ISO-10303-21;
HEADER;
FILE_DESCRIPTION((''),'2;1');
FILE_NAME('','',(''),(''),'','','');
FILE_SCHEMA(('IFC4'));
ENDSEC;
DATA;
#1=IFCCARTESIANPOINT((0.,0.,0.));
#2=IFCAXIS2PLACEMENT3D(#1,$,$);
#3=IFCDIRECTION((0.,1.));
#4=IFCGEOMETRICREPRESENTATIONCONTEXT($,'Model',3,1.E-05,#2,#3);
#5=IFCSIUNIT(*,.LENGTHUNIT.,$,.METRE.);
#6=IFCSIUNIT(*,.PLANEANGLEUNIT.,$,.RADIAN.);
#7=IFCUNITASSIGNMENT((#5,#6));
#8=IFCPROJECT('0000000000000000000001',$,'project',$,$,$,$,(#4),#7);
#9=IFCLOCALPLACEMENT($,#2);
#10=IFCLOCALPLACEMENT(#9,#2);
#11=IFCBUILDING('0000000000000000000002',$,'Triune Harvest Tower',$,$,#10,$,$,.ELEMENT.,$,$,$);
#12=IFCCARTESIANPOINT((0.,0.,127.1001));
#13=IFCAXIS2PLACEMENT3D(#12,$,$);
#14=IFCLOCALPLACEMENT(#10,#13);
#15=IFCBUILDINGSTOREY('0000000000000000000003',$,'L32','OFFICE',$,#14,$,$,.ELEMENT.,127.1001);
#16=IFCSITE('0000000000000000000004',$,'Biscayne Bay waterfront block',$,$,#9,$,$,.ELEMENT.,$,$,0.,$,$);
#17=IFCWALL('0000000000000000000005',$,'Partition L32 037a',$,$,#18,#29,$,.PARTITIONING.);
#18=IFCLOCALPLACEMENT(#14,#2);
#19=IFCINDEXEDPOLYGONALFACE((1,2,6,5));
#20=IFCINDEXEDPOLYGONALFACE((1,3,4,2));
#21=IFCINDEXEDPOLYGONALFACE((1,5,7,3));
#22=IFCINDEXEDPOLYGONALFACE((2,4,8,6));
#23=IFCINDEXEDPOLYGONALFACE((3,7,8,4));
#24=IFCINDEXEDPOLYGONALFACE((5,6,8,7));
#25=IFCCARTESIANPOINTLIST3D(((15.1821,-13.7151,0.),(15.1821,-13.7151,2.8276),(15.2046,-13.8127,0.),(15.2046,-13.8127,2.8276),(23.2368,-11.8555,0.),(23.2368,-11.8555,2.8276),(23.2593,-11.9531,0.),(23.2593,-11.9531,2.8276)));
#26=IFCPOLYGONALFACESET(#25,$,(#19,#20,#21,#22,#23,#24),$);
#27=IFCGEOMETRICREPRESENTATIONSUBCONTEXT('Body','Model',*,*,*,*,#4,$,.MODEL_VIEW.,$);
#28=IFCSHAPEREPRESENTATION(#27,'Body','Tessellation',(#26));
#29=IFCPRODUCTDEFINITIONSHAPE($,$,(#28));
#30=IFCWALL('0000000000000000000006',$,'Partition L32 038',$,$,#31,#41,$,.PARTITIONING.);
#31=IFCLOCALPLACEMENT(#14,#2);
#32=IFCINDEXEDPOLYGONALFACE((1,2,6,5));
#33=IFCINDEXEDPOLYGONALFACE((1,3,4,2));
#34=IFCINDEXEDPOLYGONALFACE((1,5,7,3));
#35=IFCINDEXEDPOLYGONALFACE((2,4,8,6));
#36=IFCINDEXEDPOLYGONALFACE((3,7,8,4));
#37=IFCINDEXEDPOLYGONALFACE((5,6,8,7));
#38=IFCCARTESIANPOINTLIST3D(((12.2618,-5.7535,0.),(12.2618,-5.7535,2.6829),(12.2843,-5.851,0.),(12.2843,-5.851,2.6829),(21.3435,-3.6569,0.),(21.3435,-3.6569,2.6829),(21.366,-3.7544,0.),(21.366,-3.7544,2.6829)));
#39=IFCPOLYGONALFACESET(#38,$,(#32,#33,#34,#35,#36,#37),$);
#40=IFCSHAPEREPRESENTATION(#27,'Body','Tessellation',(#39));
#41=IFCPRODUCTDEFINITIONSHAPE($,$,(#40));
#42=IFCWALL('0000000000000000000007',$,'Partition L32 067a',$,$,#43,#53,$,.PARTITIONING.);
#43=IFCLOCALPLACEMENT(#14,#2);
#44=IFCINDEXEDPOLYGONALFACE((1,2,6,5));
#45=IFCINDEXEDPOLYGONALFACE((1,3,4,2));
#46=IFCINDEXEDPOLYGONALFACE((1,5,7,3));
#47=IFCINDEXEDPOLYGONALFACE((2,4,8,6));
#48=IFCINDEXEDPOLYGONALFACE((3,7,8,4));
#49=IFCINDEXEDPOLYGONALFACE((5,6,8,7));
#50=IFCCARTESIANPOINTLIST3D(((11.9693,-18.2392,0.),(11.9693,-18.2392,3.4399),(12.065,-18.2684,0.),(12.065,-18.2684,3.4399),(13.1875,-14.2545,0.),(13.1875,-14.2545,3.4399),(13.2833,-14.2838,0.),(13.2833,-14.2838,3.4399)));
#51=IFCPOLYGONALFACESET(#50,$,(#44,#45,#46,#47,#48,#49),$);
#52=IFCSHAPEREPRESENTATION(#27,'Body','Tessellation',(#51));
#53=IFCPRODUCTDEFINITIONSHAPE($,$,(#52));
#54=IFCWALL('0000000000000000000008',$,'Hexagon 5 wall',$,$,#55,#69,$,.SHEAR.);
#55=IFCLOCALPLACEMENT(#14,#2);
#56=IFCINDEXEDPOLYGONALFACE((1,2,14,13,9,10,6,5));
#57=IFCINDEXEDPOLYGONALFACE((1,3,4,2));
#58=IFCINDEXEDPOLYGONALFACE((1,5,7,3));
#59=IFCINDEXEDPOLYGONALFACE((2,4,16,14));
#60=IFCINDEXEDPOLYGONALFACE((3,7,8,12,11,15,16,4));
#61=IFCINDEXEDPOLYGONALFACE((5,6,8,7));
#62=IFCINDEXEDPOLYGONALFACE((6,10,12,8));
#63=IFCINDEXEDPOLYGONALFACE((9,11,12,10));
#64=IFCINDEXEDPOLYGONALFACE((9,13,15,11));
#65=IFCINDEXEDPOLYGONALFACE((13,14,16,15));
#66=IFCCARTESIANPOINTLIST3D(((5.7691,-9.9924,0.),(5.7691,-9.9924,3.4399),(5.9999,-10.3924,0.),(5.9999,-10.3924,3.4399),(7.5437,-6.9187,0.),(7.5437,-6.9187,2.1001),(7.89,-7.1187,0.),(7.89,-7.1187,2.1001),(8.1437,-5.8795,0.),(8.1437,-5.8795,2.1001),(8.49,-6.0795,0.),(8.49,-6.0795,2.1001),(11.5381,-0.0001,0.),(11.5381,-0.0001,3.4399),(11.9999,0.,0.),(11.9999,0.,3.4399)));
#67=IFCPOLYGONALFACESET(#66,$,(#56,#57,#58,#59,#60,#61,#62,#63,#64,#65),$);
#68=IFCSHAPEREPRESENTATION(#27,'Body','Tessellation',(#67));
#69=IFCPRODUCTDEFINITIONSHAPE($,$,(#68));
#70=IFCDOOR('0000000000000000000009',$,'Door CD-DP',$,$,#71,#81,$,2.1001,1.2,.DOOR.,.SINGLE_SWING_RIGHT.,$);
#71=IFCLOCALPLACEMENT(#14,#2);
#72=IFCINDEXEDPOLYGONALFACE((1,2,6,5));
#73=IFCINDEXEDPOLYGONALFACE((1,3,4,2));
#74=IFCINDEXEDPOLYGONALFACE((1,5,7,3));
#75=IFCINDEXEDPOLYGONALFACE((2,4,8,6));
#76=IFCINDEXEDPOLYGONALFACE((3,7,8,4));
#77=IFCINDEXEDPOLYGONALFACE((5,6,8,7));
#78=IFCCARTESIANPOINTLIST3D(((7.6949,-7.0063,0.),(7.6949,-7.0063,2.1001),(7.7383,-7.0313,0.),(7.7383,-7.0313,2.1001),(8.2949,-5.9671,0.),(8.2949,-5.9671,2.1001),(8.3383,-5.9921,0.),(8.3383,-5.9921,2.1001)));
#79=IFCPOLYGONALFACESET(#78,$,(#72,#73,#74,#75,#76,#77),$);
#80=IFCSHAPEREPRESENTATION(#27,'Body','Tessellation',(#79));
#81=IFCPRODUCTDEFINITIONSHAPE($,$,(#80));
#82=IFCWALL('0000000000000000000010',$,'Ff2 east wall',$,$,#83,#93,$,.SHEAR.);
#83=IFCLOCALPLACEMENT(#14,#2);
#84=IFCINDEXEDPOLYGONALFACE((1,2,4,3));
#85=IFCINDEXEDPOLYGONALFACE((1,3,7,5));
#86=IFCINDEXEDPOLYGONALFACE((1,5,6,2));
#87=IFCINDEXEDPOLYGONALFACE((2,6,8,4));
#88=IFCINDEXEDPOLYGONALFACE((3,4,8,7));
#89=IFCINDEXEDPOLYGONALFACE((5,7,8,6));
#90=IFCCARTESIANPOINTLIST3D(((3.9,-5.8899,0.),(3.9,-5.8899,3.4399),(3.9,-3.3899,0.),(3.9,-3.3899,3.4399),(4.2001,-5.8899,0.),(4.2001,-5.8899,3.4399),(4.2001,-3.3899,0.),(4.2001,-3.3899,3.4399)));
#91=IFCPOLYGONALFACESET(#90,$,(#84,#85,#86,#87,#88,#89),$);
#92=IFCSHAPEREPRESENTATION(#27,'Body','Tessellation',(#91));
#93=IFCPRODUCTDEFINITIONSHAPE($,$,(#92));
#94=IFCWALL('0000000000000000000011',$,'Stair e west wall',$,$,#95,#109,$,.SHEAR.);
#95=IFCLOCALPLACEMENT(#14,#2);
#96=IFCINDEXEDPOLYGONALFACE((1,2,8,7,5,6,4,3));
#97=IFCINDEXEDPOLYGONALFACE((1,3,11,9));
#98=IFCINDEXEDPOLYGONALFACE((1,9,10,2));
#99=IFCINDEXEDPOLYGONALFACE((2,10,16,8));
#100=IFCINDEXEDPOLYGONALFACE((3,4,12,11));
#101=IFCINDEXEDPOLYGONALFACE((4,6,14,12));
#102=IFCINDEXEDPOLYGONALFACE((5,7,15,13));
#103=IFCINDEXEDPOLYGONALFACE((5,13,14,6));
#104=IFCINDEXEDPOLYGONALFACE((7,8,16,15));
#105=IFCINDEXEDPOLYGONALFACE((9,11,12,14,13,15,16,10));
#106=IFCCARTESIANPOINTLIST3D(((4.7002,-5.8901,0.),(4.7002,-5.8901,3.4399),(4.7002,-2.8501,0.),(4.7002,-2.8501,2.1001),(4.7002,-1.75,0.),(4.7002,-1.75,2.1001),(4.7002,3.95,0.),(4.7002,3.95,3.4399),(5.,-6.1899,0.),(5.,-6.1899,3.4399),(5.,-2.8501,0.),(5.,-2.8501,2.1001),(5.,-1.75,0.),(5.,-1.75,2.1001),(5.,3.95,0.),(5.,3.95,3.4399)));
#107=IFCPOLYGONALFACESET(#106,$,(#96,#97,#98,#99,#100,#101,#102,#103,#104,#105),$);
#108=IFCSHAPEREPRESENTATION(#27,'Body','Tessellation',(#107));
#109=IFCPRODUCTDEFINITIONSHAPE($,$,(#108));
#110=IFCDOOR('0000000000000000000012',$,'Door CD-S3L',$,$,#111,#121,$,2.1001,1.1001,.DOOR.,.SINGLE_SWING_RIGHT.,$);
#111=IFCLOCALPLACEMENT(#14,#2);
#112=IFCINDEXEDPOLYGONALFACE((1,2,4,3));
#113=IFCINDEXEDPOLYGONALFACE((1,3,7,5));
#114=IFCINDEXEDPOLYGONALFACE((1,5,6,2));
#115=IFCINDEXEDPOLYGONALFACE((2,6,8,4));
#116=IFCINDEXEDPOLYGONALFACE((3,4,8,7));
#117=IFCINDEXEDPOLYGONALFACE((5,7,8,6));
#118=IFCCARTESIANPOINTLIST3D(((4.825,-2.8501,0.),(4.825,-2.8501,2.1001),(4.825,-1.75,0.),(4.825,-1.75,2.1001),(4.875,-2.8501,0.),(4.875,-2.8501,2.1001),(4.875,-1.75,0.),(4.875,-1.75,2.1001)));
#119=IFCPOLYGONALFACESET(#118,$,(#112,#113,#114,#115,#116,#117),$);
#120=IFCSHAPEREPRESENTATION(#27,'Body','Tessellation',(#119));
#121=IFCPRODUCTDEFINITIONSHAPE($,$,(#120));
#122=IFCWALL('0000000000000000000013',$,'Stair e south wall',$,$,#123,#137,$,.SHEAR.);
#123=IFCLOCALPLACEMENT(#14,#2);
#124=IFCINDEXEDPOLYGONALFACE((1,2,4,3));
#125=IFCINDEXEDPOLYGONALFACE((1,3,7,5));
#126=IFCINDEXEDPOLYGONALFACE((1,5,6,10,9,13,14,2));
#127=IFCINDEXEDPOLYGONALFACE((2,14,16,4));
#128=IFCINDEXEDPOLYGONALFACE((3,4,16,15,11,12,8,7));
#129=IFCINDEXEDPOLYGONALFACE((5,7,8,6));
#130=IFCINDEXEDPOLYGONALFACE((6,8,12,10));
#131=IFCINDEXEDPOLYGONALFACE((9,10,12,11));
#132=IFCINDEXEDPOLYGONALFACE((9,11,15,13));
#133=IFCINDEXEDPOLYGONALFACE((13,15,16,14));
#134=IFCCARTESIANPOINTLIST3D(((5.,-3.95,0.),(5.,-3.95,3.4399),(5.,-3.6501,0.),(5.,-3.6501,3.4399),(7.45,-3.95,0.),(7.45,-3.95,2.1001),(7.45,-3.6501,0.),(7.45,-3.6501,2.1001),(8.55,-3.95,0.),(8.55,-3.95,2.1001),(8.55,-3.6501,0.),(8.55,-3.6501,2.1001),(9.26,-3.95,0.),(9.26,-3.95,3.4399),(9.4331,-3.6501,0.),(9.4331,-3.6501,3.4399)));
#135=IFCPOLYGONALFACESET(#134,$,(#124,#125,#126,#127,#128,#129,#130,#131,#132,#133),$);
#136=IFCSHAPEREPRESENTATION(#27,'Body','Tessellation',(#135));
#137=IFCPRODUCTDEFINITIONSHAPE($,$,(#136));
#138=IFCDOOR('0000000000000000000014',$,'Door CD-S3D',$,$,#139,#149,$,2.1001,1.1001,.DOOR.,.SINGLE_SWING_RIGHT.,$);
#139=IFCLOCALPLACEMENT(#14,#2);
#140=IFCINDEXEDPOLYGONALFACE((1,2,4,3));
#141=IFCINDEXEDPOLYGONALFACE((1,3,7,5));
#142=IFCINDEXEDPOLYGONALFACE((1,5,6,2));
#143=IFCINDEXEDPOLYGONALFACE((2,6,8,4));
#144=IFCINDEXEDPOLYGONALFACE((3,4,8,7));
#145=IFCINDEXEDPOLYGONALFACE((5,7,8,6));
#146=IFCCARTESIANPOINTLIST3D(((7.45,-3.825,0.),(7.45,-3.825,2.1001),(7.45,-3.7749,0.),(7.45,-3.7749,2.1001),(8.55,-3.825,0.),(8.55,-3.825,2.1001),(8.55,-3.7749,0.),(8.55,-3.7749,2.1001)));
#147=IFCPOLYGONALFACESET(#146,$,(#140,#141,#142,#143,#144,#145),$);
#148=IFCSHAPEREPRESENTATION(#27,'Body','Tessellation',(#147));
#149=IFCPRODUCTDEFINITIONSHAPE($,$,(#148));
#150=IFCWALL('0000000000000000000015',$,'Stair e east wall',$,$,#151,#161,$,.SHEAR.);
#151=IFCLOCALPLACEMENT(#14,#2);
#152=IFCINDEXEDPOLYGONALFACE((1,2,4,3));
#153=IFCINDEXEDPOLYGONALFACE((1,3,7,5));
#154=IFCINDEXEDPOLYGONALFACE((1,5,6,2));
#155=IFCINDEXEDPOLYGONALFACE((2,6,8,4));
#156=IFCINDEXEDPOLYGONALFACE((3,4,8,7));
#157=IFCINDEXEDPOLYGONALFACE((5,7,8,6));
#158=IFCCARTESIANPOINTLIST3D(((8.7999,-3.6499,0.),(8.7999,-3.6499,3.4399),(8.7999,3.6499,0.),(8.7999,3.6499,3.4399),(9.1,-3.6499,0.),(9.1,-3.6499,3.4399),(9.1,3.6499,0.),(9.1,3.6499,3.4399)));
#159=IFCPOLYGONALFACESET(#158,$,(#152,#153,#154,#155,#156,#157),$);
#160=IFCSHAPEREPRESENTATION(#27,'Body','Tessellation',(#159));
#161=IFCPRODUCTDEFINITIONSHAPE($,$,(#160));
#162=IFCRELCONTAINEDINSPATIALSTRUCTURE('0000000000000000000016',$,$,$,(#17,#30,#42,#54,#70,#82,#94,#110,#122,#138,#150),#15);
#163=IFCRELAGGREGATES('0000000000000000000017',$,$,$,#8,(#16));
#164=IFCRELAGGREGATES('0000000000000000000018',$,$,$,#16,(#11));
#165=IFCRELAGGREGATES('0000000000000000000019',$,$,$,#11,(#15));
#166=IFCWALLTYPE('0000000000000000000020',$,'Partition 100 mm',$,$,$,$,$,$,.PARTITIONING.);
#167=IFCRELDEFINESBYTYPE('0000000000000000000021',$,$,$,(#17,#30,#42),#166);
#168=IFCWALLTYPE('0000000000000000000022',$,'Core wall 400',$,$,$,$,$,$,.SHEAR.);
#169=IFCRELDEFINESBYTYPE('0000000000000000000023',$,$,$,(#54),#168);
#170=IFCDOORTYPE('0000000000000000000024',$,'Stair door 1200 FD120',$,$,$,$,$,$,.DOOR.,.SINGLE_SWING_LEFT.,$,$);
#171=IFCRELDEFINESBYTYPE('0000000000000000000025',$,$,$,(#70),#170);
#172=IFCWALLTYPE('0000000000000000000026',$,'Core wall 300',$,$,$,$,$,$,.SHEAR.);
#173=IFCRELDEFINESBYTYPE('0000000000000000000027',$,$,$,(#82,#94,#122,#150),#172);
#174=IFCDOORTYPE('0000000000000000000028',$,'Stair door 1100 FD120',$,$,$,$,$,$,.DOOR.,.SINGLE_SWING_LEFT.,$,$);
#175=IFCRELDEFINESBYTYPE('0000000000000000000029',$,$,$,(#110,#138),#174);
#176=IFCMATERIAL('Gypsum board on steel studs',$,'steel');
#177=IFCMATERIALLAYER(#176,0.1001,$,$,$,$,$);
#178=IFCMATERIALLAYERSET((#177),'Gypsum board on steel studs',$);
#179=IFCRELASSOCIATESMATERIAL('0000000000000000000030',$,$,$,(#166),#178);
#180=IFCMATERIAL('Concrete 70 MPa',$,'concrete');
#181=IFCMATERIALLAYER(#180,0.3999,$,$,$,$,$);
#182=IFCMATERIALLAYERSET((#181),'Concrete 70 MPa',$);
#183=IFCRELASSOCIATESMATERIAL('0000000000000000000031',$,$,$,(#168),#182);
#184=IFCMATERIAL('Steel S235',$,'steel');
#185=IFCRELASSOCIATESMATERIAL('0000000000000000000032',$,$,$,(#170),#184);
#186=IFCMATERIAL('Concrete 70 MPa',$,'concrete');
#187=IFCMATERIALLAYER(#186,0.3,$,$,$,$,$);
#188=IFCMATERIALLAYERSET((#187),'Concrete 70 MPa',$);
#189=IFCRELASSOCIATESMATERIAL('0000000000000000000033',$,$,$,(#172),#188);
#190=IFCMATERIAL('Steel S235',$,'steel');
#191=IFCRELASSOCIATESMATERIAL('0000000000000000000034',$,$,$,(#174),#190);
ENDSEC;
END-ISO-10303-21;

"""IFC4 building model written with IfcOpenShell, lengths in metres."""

from ifc_helpers import new_model, si_unit, direction, frame, frame_2d, origin, place, context, subcontext, project, spatial, polyline, rectangle, outline, extrude, source, transform, mapped, material, layer, layer_set, type_object, element, fill, save


model = new_model("IFC4")

# Units and contexts
model_context = context("Model", 3, precision=1e-05, world=origin(), true_north=direction((0.0, 1.0)))
body_context = subcontext(model_context, "Body", "Model", "MODEL_VIEW")
ifc_project = project(units=[si_unit("LENGTHUNIT", "METRE"), si_unit("PLANEANGLEUNIT", "RADIAN")], contexts=[model_context])

# Site, building, storey
site_placement = place(None, origin())
site = spatial("IfcSite", under=ifc_project, at=site_placement, Name="Biscayne Bay waterfront block", CompositionType="ELEMENT", RefElevation=0.0)
building_placement = place(site_placement, origin())
building = spatial("IfcBuilding", under=site, at=building_placement, Name="Triune Harvest Tower", CompositionType="ELEMENT")
storey_placement = place(building_placement, frame((0.0, 0.0, 127.1001)))
storey = spatial("IfcBuildingStorey", under=building, at=storey_placement, Name="L32", Description="OFFICE", CompositionType="ELEMENT", Elevation=127.1001)

# Walls
ifc_material_1 = material(Name="Gypsum board on steel studs", Category="steel")
ifc_layer_1 = layer(ifc_material_1, 0.1001)
ifc_layer_set_1 = layer_set([ifc_layer_1], Name="Gypsum board on steel studs")
wall_type_1 = type_object("IfcWallType", Name="Partition 100 mm", PredefinedType="PARTITIONING", material=ifc_layer_set_1)
wall_1_placement = place(storey_placement, frame((15.1934, -13.7639, 0.0), z_axis=(0.0, 0.0, 1.0), x_axis=(0.974369, 0.224957, 0.0)))
element("IfcWall", 1, at=wall_1_placement, inside=storey, type_object=wall_type_1, Name="Partition L32 037a", PredefinedType="PARTITIONING", context=body_context, shape_type="SweptSolid", body=[
    extrude(rectangle(XDim=8.2666, YDim=0.1001, at=frame_2d((4.1333, 0.0))), origin(), (0.0, 0.0, 1.0), 2.8276),
])
wall_2_placement = place(storey_placement, frame((12.2732, -5.8022, 0.0), z_axis=(0.0, 0.0, 1.0), x_axis=(0.97437, 0.224949, 0.0)))
element("IfcWall", 2, at=wall_2_placement, inside=storey, type_object=wall_type_1, Name="Partition L32 038", PredefinedType="PARTITIONING", context=body_context, shape_type="SweptSolid", body=[
    extrude(rectangle(XDim=9.3206, YDim=0.1001, at=frame_2d((4.6602, 0.0))), origin(), (0.0, 0.0, 1.0), 2.6829),
])
wall_3_placement = place(storey_placement, frame((12.0171, -18.2539, 0.0), z_axis=(0.0, 0.0, 1.0), x_axis=(0.292381, 0.956302, 0.0)))
element("IfcWall", 3, at=wall_3_placement, inside=storey, type_object=wall_type_1, Name="Partition L32 067a", PredefinedType="PARTITIONING", context=body_context, shape_type="SweptSolid", body=[
    extrude(rectangle(XDim=4.1667, YDim=0.1001, at=frame_2d((2.0835, 0.0))), origin(), (0.0, 0.0, 1.0), 3.4399),
])

# Wall, opening, door
ifc_material_2 = material(Name="Concrete 70 MPa", Category="concrete")
ifc_layer_2 = layer(ifc_material_2, 0.3999)
ifc_layer_set_2 = layer_set([ifc_layer_2], Name="Concrete 70 MPa")
wall_type_2 = type_object("IfcWallType", Name="Core wall 400", PredefinedType="SHEAR", material=ifc_layer_set_2)
shared_shape_1 = source(origin(), body_context, "Body", "SweptSolid", [
    extrude(outline(polyline([(-0.1155, -0.2), (11.8845, -0.2), (11.6536, 0.2), (0.1155, 0.2), (-0.1155, -0.2)])), origin(), (0.0, 0.0, 1.0), 3.4399),
])
wall_4_placement = place(storey_placement, frame((5.8845, -10.1924, 0.0), z_axis=(0.0, 0.0, 1.0), x_axis=(0.499997, 0.866027, 0.0)))
wall_4 = element("IfcWall", 4, at=wall_4_placement, inside=storey, type_object=wall_type_2, Name="Hexagon 5 wall", PredefinedType="SHEAR", context=body_context, shape_type="MappedRepresentation", body=[
    mapped(shared_shape_1, transform((0.0, 0.0, 0.0), scale=1.0)),
])
opening_1_placement = place(wall_4_placement, frame((3.6646, 0.0, 0.0)))
opening_1 = element("IfcOpeningElement", 5, at=opening_1_placement, cuts=wall_4, PredefinedType="OPENING", context=body_context, shape_type="SweptSolid", body=[
    extrude(rectangle(XDim=1.2, YDim=2.1001, at=frame_2d((0.6001, 1.05))), frame((0.0, 0.21, 0.0), z_axis=(0.0, -1.0, 0.0), x_axis=(1.0, 0.0, 0.0)), (0.0, 0.0, 1.0), 0.4199),
])
ifc_material_3 = material(Name="Steel S235", Category="steel")
door_type_1 = type_object("IfcDoorType", Name="Stair door 1200 FD120", OperationType="SINGLE_SWING_LEFT", PredefinedType="DOOR", material=ifc_material_3)
door_1_placement = place(opening_1_placement, frame((1.2, 0.0, 0.0), z_axis=(0.0, 0.0, 1.0), x_axis=(-1.0, 0.0, 0.0)))
door_1 = element("IfcDoor", 6, at=door_1_placement, inside=storey, type_object=door_type_1, Name="Door CD-DP", OperationType="SINGLE_SWING_RIGHT", OverallHeight=2.1001, OverallWidth=1.2, PredefinedType="DOOR", context=body_context, shape_type="SweptSolid", body=[
    extrude(rectangle(XDim=1.2, YDim=2.1001, at=frame_2d((0.6001, 1.05))), frame((0.0, 0.0249, 0.0), z_axis=(0.0, -1.0, 0.0), x_axis=(1.0, 0.0, 0.0)), (0.0, 0.0, 1.0), 0.05),
])
fill(opening_1, door_1)

# Wall
ifc_material_4 = material(Name="Concrete 70 MPa", Category="concrete")
ifc_layer_3 = layer(ifc_material_4, 0.3)
ifc_layer_set_3 = layer_set([ifc_layer_3], Name="Concrete 70 MPa")
wall_type_3 = type_object("IfcWallType", Name="Core wall 300", PredefinedType="SHEAR", material=ifc_layer_set_3)
shared_shape_2 = source(origin(), body_context, "Body", "SweptSolid", [
    extrude(rectangle(XDim=2.5, YDim=0.3, at=frame_2d((1.25, 0.0))), origin(), (0.0, 0.0, 1.0), 3.4399),
])
wall_5_placement = place(storey_placement, frame((4.05, -5.8899, 0.0), z_axis=(0.0, 0.0, 1.0), x_axis=(0.0, 1.0, 0.0)))
element("IfcWall", 7, at=wall_5_placement, inside=storey, type_object=wall_type_3, Name="Ff2 east wall", PredefinedType="SHEAR", context=body_context, shape_type="MappedRepresentation", body=[
    mapped(shared_shape_2, transform((0.0, 0.0, 0.0), scale=1.0)),
])

# Walls, openings, doors
shared_shape_3 = source(origin(), body_context, "Body", "SweptSolid", [
    extrude(outline(polyline([(-0.1499, -0.1499), (9.99, -0.1499), (9.99, 0.1499), (0.1499, 0.1499), (-0.1499, -0.1499)])), origin(), (0.0, 0.0, 1.0), 3.4399),
])
wall_6_placement = place(storey_placement, frame((4.8501, -6.04, 0.0), z_axis=(0.0, 0.0, 1.0), x_axis=(0.0, 1.0, 0.0)))
wall_6 = element("IfcWall", 8, at=wall_6_placement, inside=storey, type_object=wall_type_3, Name="Stair e west wall", PredefinedType="SHEAR", context=body_context, shape_type="MappedRepresentation", body=[
    mapped(shared_shape_3, transform((0.0, 0.0, 0.0), scale=1.0)),
])
opening_2_placement = place(wall_6_placement, frame((3.1899, 0.0, 0.0)))
opening_2 = element("IfcOpeningElement", 9, at=opening_2_placement, cuts=wall_6, PredefinedType="OPENING", context=body_context, shape_type="SweptSolid", body=[
    extrude(rectangle(XDim=1.1001, YDim=2.1001, at=frame_2d((0.55, 1.05))), frame((0.0, 0.1602, 0.0), z_axis=(0.0, -1.0, 0.0), x_axis=(1.0, 0.0, 0.0)), (0.0, 0.0, 1.0), 0.3201),
])
ifc_material_5 = material(Name="Steel S235", Category="steel")
door_type_2 = type_object("IfcDoorType", Name="Stair door 1100 FD120", OperationType="SINGLE_SWING_LEFT", PredefinedType="DOOR", material=ifc_material_5)
door_2_placement = place(opening_2_placement, frame((1.1001, 0.0, 0.0), z_axis=(0.0, 0.0, 1.0), x_axis=(-1.0, 0.0, 0.0)))
door_2 = element("IfcDoor", 10, at=door_2_placement, inside=storey, type_object=door_type_2, Name="Door CD-S3L", OperationType="SINGLE_SWING_RIGHT", OverallHeight=2.1001, OverallWidth=1.1001, PredefinedType="DOOR", context=body_context, shape_type="SweptSolid", body=[
    extrude(rectangle(XDim=1.1001, YDim=2.1001, at=frame_2d((0.55, 1.05))), frame((0.0, 0.0249, 0.0), z_axis=(0.0, -1.0, 0.0), x_axis=(1.0, 0.0, 0.0)), (0.0, 0.0, 1.0), 0.05),
])
fill(opening_2, door_2)
shared_shape_4 = source(origin(), body_context, "Body", "SweptSolid", [
    extrude(outline(polyline([(0.0, -0.1499), (0.0, 0.1499), (4.4331, 0.1499), (4.26, -0.1499), (0.0, -0.1499)])), origin(), (0.0, 0.0, 1.0), 3.4399),
])
wall_7_placement = place(storey_placement, frame((5.0, -3.8, 0.0), z_axis=(0.0, 0.0, 1.0), x_axis=(1.0, 0.0, 0.0)))
wall_7 = element("IfcWall", 11, at=wall_7_placement, inside=storey, type_object=wall_type_3, Name="Stair e south wall", PredefinedType="SHEAR", context=body_context, shape_type="MappedRepresentation", body=[
    mapped(shared_shape_4, transform((0.0, 0.0, 0.0), scale=1.0)),
])
opening_3_placement = place(wall_7_placement, frame((2.45, 0.0, 0.0)))
opening_3 = element("IfcOpeningElement", 12, at=opening_3_placement, cuts=wall_7, PredefinedType="OPENING", context=body_context, shape_type="SweptSolid", body=[
    extrude(rectangle(XDim=1.1001, YDim=2.1001, at=frame_2d((0.55, 1.05))), frame((0.0, 0.1602, 0.0), z_axis=(0.0, -1.0, 0.0), x_axis=(1.0, 0.0, 0.0)), (0.0, 0.0, 1.0), 0.3201),
])
door_3_placement = place(opening_3_placement, frame((1.1001, 0.0, 0.0), z_axis=(0.0, 0.0, 1.0), x_axis=(-1.0, 0.0, 0.0)))
door_3 = element("IfcDoor", 13, at=door_3_placement, inside=storey, type_object=door_type_2, Name="Door CD-S3D", OperationType="SINGLE_SWING_RIGHT", OverallHeight=2.1001, OverallWidth=1.1001, PredefinedType="DOOR", context=body_context, shape_type="SweptSolid", body=[
    extrude(rectangle(XDim=1.1001, YDim=2.1001, at=frame_2d((0.55, 1.05))), frame((0.0, 0.0249, 0.0), z_axis=(0.0, -1.0, 0.0), x_axis=(1.0, 0.0, 0.0)), (0.0, 0.0, 1.0), 0.05),
])
fill(opening_3, door_3)

# Wall
shared_shape_5 = source(origin(), body_context, "Body", "SweptSolid", [
    extrude(rectangle(XDim=7.2998, YDim=0.3, at=frame_2d((3.6499, 0.0))), origin(), (0.0, 0.0, 1.0), 3.4399),
])
wall_8_placement = place(storey_placement, frame((8.95, -3.6499, 0.0), z_axis=(0.0, 0.0, 1.0), x_axis=(0.0, 1.0, 0.0)))
element("IfcWall", 14, at=wall_8_placement, inside=storey, type_object=wall_type_3, Name="Stair e east wall", PredefinedType="SHEAR", context=body_context, shape_type="MappedRepresentation", body=[
    mapped(shared_shape_5, transform((0.0, 0.0, 0.0), scale=1.0)),
])

save(model, "model.ifc")
